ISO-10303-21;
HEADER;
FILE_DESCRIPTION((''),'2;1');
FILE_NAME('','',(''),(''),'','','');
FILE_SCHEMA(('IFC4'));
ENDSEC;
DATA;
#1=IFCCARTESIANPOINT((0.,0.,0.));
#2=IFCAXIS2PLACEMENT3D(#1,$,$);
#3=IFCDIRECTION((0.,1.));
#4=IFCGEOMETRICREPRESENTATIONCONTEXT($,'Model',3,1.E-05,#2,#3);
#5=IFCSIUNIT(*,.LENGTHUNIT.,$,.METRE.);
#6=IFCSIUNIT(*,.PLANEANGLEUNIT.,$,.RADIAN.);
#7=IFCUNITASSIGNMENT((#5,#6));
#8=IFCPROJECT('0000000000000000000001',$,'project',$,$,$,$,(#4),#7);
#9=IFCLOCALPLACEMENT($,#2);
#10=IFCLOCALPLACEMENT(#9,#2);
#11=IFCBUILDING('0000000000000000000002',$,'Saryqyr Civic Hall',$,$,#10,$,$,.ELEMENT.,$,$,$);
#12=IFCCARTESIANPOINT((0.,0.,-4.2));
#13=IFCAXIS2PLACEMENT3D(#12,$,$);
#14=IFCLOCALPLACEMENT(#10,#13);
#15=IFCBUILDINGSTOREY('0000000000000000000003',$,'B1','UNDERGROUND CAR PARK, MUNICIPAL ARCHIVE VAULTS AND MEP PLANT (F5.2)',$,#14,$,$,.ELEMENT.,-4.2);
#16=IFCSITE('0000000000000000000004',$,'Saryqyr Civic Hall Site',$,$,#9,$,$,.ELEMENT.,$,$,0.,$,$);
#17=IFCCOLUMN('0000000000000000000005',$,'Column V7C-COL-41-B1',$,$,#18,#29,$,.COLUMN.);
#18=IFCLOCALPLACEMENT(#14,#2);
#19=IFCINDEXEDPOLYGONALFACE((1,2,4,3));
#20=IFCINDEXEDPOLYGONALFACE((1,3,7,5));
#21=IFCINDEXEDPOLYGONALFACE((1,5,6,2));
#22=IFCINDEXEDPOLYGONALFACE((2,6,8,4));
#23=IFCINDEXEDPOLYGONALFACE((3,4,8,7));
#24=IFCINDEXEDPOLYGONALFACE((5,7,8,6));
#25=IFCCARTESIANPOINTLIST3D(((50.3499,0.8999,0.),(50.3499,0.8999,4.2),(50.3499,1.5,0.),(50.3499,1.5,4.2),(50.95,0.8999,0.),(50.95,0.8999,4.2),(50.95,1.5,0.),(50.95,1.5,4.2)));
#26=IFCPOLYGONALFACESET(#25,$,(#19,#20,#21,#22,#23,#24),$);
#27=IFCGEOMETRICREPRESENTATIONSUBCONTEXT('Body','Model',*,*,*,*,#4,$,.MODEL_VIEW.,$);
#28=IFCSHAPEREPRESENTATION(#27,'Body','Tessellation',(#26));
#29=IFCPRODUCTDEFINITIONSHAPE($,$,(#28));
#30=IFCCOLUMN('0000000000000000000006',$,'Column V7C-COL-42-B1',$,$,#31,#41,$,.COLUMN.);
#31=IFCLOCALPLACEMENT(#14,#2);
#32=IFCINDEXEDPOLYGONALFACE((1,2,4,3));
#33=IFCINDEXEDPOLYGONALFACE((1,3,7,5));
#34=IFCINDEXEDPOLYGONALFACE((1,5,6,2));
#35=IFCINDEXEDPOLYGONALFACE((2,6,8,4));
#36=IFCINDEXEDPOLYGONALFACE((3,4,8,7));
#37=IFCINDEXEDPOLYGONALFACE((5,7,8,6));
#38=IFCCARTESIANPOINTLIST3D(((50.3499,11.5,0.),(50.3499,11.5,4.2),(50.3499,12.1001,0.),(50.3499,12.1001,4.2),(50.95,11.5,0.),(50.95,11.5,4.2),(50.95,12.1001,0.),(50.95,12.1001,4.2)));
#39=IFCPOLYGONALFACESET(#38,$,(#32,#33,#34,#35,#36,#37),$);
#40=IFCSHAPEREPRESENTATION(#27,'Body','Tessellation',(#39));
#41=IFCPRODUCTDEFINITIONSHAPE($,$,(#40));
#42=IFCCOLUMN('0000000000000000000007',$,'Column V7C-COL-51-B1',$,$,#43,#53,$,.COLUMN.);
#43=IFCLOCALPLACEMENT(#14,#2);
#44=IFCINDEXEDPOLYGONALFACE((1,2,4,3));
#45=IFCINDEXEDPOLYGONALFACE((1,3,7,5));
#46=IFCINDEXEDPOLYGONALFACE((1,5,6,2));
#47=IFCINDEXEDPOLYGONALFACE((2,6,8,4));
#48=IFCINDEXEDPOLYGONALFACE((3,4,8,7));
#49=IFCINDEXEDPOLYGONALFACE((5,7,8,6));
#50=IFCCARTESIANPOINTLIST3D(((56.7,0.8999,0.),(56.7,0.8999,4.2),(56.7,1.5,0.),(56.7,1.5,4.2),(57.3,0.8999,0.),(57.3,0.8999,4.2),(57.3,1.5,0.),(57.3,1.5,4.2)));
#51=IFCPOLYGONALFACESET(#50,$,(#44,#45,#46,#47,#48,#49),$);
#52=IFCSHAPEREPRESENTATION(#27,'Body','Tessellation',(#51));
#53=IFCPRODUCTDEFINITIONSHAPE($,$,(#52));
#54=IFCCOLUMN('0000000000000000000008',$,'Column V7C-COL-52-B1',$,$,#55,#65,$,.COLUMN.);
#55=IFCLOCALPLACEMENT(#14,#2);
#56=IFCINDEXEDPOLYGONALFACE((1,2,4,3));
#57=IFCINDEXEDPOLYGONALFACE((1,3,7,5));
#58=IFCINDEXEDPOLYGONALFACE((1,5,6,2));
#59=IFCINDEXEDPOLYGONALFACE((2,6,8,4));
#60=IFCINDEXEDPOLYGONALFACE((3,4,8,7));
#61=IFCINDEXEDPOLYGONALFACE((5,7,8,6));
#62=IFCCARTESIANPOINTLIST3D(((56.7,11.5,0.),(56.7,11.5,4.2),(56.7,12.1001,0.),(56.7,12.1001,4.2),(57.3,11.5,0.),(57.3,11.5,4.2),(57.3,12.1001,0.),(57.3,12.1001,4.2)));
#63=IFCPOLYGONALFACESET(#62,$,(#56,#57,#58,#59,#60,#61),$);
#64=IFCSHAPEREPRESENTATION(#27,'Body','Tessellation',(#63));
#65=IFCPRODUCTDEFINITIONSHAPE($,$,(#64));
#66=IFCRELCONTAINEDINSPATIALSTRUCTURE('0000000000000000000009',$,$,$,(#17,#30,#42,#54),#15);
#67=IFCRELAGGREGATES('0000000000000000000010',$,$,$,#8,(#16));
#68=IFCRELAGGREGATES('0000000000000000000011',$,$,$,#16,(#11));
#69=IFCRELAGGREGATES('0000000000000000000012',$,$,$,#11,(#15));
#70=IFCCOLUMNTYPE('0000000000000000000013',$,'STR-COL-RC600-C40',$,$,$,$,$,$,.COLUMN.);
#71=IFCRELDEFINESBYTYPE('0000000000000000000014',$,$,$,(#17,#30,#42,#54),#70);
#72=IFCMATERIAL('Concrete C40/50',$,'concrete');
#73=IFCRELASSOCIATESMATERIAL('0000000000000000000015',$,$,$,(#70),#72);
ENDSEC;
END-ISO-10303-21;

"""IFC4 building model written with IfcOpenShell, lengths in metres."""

from ifc_helpers import new_model, si_unit, direction, frame, origin, origin_2d, place, context, subcontext, project, spatial, rectangle, extrude, material, material_profile, profile_set, type_object, element, save


model = new_model("IFC4")

# Units and contexts
model_context = context("Model", 3, precision=1e-05, world=origin(), true_north=direction((0.0, 1.0)))
body_context = subcontext(model_context, "Body", "Model", "MODEL_VIEW")
ifc_project = project(units=[si_unit("LENGTHUNIT", "METRE"), si_unit("PLANEANGLEUNIT", "RADIAN")], contexts=[model_context])

# Site, building, storey
site_placement = place(None, origin())
site = spatial("IfcSite", under=ifc_project, at=site_placement, Name="Saryqyr Civic Hall Site", CompositionType="ELEMENT", RefElevation=0.0)
building_placement = place(site_placement, origin())
building = spatial("IfcBuilding", under=site, at=building_placement, Name="Saryqyr Civic Hall", CompositionType="ELEMENT")
storey_placement = place(building_placement, frame((0.0, 0.0, -4.2)))
storey = spatial("IfcBuildingStorey", under=building, at=storey_placement, Name="B1", Description="UNDERGROUND CAR PARK, MUNICIPAL ARCHIVE VAULTS AND MEP PLANT (F5.2)", CompositionType="ELEMENT", Elevation=-4.2)

# Columns
ifc_material_1 = material(Name="Concrete C40/50", Category="concrete")
ifc_material_profile_1 = material_profile(ifc_material_1, rectangle(XDim=0.6001, YDim=0.6001, at=origin_2d()), Name="RC 600x600")
ifc_profile_set_1 = profile_set([ifc_material_profile_1], Name="Concrete C40/50")
column_type = type_object("IfcColumnType", Name="STR-COL-RC600-C40", PredefinedType="COLUMN", material=ifc_profile_set_1)
for number, where, z_axis, x_axis, name in (
    (1, (50.6499, 1.2, 0.0), (0.0, 0.0, 1.0), (1.0, 0.0, 0.0), "Column V7C-COL-41-B1"),
    (2, (50.6499, 11.8, 0.0), (0.0, 0.0, 1.0), (1.0, 0.0, 0.0), "Column V7C-COL-42-B1"),
    (3, (57.0, 1.2, 0.0), (0.0, 0.0, 1.0), (1.0, 0.0, 0.0), "Column V7C-COL-51-B1"),
    (4, (57.0, 11.8, 0.0), (0.0, 0.0, 1.0), (1.0, 0.0, 0.0), "Column V7C-COL-52-B1"),
):
    element("IfcColumn", number, at=place(storey_placement, frame(where, z_axis=z_axis, x_axis=x_axis)), inside=storey, type_object=column_type, Name=name, PredefinedType="COLUMN", context=body_context, shape_type="SweptSolid", body=[
        extrude(rectangle(XDim=0.6001, YDim=0.6001, at=origin_2d()), origin(), (0.0, 0.0, 1.0), 4.2),
    ])

save(model, "model.ifc")
